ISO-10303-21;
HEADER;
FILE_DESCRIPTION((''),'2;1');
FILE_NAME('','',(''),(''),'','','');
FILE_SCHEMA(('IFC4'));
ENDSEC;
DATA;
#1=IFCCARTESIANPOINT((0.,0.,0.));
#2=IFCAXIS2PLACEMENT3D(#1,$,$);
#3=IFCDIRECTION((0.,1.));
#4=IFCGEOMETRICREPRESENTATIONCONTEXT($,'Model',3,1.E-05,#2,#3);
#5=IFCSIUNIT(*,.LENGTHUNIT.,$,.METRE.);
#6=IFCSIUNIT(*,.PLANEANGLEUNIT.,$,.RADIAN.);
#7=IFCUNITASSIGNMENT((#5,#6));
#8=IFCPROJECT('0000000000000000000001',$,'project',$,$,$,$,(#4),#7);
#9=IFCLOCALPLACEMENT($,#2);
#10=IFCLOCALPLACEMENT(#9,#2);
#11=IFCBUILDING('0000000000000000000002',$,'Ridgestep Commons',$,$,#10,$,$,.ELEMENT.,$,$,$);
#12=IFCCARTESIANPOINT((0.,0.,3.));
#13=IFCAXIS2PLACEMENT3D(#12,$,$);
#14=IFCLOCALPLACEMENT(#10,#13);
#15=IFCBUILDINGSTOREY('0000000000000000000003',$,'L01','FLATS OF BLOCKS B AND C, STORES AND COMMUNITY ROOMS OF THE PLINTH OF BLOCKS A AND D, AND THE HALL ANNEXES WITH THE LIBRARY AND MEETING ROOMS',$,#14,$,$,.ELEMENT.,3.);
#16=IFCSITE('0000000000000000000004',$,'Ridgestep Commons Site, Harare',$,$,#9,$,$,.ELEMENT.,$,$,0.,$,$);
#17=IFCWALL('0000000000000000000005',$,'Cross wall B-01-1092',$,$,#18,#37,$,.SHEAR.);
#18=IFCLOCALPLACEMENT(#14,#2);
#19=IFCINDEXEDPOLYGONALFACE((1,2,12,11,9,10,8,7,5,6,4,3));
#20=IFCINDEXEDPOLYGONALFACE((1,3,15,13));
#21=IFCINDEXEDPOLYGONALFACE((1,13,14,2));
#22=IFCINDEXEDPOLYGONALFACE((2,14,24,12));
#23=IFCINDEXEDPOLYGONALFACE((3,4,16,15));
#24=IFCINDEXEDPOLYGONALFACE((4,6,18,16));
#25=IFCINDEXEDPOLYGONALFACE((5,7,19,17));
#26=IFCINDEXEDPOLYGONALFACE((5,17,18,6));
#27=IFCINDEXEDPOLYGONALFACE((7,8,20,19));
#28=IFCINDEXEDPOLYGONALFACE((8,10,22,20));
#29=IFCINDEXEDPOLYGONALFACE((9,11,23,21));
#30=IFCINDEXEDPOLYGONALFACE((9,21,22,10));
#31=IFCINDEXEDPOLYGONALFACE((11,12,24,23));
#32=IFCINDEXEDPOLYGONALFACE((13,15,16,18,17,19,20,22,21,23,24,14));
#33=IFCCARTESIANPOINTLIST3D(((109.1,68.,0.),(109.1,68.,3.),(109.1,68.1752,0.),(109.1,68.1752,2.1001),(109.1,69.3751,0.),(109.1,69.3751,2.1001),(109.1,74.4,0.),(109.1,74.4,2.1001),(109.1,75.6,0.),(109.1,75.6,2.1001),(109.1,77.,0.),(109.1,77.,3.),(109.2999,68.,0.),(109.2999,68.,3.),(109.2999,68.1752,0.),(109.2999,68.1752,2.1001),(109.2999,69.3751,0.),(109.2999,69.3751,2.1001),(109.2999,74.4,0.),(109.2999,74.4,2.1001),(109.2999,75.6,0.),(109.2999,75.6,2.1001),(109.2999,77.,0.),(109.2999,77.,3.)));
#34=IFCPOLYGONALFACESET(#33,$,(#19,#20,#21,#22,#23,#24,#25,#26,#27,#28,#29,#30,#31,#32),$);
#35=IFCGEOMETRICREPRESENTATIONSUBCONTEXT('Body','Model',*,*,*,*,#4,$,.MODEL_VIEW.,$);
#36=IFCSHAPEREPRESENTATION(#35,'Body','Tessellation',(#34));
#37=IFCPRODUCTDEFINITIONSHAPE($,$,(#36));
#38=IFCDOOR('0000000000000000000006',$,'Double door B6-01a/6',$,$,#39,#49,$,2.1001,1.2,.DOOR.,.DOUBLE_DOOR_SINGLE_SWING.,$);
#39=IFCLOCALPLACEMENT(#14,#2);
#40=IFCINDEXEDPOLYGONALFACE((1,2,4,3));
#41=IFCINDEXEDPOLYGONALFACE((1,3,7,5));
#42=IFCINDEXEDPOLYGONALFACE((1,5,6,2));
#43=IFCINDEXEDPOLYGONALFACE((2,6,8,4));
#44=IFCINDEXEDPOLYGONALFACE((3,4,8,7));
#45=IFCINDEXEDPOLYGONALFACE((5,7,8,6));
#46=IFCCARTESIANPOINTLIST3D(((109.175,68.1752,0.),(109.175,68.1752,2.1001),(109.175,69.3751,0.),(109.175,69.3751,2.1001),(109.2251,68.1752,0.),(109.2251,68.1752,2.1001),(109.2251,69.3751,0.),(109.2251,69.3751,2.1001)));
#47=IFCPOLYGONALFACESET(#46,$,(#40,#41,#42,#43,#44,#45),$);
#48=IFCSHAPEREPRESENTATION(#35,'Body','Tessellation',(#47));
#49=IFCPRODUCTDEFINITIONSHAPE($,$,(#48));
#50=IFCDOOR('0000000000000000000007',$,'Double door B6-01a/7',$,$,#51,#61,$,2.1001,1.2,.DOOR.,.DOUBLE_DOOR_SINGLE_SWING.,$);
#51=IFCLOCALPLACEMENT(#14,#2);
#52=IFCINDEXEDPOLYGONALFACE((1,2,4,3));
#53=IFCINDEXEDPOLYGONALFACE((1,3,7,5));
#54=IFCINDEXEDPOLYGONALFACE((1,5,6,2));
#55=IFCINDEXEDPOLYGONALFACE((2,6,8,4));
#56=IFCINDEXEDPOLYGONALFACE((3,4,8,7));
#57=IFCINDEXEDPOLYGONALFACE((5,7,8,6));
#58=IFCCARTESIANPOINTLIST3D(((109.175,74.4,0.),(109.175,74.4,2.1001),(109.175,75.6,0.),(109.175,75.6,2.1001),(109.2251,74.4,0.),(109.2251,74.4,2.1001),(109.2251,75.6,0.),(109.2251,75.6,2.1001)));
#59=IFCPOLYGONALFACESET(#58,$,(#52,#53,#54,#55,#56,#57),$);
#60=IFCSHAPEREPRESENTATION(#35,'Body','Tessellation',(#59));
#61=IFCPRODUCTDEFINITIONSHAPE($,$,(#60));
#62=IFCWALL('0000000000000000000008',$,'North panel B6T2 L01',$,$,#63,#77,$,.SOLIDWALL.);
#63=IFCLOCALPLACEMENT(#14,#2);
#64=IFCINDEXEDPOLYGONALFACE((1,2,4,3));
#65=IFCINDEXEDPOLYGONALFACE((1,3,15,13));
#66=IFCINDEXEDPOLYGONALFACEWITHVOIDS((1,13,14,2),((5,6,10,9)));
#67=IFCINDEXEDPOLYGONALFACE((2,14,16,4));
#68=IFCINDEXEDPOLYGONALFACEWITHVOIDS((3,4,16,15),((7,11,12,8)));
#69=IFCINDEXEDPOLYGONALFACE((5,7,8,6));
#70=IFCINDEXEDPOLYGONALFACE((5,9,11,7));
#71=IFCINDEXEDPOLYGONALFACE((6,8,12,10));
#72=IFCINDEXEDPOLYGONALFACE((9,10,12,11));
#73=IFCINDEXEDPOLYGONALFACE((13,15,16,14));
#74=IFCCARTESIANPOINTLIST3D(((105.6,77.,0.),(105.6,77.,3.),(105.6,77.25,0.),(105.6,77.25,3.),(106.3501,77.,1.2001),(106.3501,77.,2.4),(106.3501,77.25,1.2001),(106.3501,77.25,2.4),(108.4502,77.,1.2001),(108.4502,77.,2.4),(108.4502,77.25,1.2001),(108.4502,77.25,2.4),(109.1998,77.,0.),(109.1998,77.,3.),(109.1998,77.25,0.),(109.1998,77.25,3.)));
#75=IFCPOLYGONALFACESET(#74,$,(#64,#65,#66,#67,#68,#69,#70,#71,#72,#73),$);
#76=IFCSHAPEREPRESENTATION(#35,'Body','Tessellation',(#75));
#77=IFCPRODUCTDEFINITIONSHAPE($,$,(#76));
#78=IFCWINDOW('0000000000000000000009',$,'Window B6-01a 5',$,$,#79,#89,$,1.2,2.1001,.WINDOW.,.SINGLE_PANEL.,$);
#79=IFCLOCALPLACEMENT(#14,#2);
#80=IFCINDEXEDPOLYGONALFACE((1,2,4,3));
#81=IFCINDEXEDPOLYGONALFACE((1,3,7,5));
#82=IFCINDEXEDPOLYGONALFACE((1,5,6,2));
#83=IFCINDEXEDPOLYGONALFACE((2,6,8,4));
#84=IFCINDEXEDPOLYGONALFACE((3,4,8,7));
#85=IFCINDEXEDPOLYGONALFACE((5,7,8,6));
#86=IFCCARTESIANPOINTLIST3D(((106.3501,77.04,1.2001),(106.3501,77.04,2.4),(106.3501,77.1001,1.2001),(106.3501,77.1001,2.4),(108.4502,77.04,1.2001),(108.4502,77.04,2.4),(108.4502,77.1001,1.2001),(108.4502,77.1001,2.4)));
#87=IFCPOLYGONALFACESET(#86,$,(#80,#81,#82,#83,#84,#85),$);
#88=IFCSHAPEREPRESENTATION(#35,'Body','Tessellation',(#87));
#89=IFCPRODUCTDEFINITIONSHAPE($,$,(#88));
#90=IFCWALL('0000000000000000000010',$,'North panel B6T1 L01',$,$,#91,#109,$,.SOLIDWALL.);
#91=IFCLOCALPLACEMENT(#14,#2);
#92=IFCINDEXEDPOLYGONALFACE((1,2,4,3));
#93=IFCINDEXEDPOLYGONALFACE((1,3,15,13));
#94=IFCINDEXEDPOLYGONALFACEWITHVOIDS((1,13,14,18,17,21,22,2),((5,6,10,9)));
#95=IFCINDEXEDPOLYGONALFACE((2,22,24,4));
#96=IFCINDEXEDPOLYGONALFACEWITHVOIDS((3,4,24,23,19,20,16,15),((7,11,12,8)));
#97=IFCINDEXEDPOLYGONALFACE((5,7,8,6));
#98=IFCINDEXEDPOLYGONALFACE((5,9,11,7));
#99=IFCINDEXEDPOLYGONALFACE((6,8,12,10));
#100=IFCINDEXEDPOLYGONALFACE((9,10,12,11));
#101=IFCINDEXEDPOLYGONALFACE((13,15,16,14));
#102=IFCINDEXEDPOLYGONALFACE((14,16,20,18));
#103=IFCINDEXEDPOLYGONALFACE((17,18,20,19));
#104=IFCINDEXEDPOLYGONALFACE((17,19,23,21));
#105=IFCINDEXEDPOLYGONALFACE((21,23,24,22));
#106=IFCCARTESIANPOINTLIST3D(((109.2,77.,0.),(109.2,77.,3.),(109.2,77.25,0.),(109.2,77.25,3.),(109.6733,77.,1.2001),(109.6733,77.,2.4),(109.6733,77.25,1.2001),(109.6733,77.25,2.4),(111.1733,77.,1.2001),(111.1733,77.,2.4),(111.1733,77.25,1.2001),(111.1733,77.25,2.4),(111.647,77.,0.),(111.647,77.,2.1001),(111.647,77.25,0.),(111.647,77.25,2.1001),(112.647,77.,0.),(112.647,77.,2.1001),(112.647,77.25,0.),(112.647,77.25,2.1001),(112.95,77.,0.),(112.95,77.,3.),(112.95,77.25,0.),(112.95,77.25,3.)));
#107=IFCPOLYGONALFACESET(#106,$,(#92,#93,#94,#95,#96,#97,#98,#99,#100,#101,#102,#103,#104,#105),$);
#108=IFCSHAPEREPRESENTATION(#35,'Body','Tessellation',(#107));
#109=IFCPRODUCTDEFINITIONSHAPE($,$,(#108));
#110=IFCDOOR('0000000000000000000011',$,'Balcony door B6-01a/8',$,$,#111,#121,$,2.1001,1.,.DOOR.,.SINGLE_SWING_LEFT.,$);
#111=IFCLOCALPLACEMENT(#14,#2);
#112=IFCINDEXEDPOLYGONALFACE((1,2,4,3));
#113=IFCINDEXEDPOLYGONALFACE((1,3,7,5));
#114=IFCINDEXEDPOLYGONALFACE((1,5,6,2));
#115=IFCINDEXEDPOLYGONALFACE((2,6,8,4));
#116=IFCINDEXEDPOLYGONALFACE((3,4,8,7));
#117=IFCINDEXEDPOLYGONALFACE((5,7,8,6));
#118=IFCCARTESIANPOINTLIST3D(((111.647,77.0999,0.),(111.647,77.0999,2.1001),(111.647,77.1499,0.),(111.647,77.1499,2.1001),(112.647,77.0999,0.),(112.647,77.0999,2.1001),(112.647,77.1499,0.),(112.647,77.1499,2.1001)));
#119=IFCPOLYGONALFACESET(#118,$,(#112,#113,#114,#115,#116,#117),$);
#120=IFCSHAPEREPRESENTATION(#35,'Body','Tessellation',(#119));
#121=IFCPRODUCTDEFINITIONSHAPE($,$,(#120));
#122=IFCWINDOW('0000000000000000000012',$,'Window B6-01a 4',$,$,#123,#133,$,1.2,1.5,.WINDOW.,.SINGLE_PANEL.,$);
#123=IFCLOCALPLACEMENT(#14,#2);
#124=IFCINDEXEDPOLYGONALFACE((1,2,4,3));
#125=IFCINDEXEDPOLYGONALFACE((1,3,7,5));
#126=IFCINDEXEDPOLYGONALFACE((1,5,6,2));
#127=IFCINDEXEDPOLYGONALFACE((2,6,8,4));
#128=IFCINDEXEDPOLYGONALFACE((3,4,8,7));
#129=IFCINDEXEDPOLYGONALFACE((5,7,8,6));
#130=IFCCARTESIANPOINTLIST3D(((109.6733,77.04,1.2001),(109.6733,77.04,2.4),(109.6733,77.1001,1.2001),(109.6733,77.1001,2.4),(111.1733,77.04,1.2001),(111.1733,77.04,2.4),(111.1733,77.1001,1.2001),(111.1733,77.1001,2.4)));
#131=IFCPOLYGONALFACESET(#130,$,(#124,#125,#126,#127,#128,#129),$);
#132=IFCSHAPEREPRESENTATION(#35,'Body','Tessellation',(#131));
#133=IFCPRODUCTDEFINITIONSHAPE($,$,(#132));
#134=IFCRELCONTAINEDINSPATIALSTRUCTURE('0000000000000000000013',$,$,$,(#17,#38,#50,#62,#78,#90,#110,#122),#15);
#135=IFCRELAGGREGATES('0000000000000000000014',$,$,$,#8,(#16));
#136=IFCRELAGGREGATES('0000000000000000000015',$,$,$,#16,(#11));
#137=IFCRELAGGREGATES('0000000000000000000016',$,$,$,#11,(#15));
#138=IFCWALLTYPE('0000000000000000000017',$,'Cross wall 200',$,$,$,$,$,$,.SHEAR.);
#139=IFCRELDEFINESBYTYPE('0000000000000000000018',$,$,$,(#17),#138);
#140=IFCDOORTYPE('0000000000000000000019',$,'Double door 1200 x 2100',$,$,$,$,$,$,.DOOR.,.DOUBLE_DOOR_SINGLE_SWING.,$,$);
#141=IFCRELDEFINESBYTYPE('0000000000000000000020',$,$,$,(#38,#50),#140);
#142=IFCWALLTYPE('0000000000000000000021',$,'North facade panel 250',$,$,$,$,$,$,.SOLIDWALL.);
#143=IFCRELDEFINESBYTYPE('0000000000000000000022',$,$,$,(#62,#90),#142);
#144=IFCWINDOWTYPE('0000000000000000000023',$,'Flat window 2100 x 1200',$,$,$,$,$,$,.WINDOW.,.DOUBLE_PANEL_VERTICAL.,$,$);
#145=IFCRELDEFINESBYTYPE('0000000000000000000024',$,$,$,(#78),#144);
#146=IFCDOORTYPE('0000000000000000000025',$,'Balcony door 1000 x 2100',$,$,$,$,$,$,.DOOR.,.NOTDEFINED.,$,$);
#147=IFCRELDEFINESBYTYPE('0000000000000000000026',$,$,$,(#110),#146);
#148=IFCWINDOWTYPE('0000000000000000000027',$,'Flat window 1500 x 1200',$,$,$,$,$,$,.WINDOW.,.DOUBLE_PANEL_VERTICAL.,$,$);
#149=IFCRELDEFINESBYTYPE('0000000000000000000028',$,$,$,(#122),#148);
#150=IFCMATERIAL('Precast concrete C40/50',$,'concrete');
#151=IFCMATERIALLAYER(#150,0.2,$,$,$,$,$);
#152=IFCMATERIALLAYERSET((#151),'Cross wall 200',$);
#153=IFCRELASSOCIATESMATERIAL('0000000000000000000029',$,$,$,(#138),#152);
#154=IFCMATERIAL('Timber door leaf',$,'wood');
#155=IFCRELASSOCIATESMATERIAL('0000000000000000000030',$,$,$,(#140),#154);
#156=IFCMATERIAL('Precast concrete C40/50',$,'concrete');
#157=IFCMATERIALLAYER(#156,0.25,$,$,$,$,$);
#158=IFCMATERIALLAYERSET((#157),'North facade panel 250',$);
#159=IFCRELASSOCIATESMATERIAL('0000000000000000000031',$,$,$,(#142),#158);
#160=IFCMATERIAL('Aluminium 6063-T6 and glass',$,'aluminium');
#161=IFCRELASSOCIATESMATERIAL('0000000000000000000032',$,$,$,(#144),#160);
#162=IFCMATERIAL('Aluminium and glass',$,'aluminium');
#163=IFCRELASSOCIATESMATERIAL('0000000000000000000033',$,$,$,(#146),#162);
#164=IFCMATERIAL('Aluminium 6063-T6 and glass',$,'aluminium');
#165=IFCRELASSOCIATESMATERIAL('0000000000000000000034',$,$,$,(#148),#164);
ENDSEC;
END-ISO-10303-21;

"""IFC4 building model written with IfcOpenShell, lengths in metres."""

from ifc_helpers import new_model, si_unit, direction, frame, frame_2d, origin, place, context, subcontext, project, spatial, rectangle, extrude, material, layer, layer_set, type_object, element, fill, save


model = new_model("IFC4")

# Units and contexts
model_context = context("Model", 3, precision=1e-05, world=origin(), true_north=direction((0.0, 1.0)))
body_context = subcontext(model_context, "Body", "Model", "MODEL_VIEW")
ifc_project = project(units=[si_unit("LENGTHUNIT", "METRE"), si_unit("PLANEANGLEUNIT", "RADIAN")], contexts=[model_context])

# Site, building, storey
site_placement = place(None, origin())
site = spatial("IfcSite", under=ifc_project, at=site_placement, Name="Ridgestep Commons Site, Harare", CompositionType="ELEMENT", RefElevation=0.0)
building_placement = place(site_placement, origin())
building = spatial("IfcBuilding", under=site, at=building_placement, Name="Ridgestep Commons", CompositionType="ELEMENT")
storey_placement = place(building_placement, frame((0.0, 0.0, 3.0)))
storey = spatial("IfcBuildingStorey", under=building, at=storey_placement, Name="L01", Description="FLATS OF BLOCKS B AND C, STORES AND COMMUNITY ROOMS OF THE PLINTH OF BLOCKS A AND D, AND THE HALL ANNEXES WITH THE LIBRARY AND MEETING ROOMS", CompositionType="ELEMENT", Elevation=3.0)

# Wall, openings, doors
ifc_material_1 = material(Name="Precast concrete C40/50", Category="concrete")
ifc_layer_1 = layer(ifc_material_1, 0.2)
ifc_layer_set_1 = layer_set([ifc_layer_1], Name="Cross wall 200")
wall_type_1 = type_object("IfcWallType", Name="Cross wall 200", PredefinedType="SHEAR", material=ifc_layer_set_1)
wall_1_placement = place(storey_placement, frame((109.2, 68.0, 0.0), z_axis=(0.0, 0.0, 1.0), x_axis=(0.0, 1.0, 0.0)))
wall_1 = element("IfcWall", 1, at=wall_1_placement, inside=storey, type_object=wall_type_1, Name="Cross wall B-01-1092", PredefinedType="SHEAR", context=body_context, shape_type="SweptSolid", body=[
    extrude(rectangle(XDim=9.0, YDim=0.2, at=frame_2d((4.5, 0.0))), origin(), (0.0, 0.0, 1.0), 3.0),
])
opening_1_placement = place(wall_1_placement, frame((0.175, 0.0, 0.0)))
opening_1 = element("IfcOpeningElement", 2, at=opening_1_placement, cuts=wall_1, PredefinedType="OPENING", context=body_context, shape_type="SweptSolid", body=[
    extrude(rectangle(XDim=1.2, YDim=2.1001, at=frame_2d((0.6001, 1.05))), frame((0.0, 0.1099, 0.0), z_axis=(0.0, -1.0, 0.0), x_axis=(1.0, 0.0, 0.0)), (0.0, 0.0, 1.0), 0.22),
])
opening_2_placement = place(wall_1_placement, frame((6.3999, 0.0, 0.0)))
opening_2 = element("IfcOpeningElement", 3, at=opening_2_placement, cuts=wall_1, PredefinedType="OPENING", context=body_context, shape_type="SweptSolid", body=[
    extrude(rectangle(XDim=1.2, YDim=2.1001, at=frame_2d((0.6001, 1.05))), frame((0.0, 0.1099, 0.0), z_axis=(0.0, -1.0, 0.0), x_axis=(1.0, 0.0, 0.0)), (0.0, 0.0, 1.0), 0.22),
])
ifc_material_2 = material(Name="Timber door leaf", Category="wood")
door_type_1 = type_object("IfcDoorType", Name="Double door 1200 x 2100", OperationType="DOUBLE_DOOR_SINGLE_SWING", PredefinedType="DOOR", material=ifc_material_2)
door_1_placement = place(opening_1_placement, origin())
door_1 = element("IfcDoor", 4, at=door_1_placement, inside=storey, type_object=door_type_1, Name="Double door B6-01a/6", OperationType="DOUBLE_DOOR_SINGLE_SWING", OverallHeight=2.1001, OverallWidth=1.2, PredefinedType="DOOR", context=body_context, shape_type="SweptSolid", body=[
    extrude(rectangle(XDim=1.2, YDim=2.1001, at=frame_2d((0.6001, 1.05))), frame((0.0, 0.0249, 0.0), z_axis=(0.0, -1.0, 0.0), x_axis=(1.0, 0.0, 0.0)), (0.0, 0.0, 1.0), 0.05),
])
fill(opening_1, door_1)
door_2_placement = place(opening_2_placement, origin())
door_2 = element("IfcDoor", 5, at=door_2_placement, inside=storey, type_object=door_type_1, Name="Double door B6-01a/7", OperationType="DOUBLE_DOOR_SINGLE_SWING", OverallHeight=2.1001, OverallWidth=1.2, PredefinedType="DOOR", context=body_context, shape_type="SweptSolid", body=[
    extrude(rectangle(XDim=1.2, YDim=2.1001, at=frame_2d((0.6001, 1.05))), frame((0.0, 0.0249, 0.0), z_axis=(0.0, -1.0, 0.0), x_axis=(1.0, 0.0, 0.0)), (0.0, 0.0, 1.0), 0.05),
])
fill(opening_2, door_2)

# Wall, opening, window
ifc_material_3 = material(Name="Precast concrete C40/50", Category="concrete")
ifc_layer_2 = layer(ifc_material_3, 0.25)
ifc_layer_set_2 = layer_set([ifc_layer_2], Name="North facade panel 250")
wall_type_2 = type_object("IfcWallType", Name="North facade panel 250", PredefinedType="SOLIDWALL", material=ifc_layer_set_2)
wall_2_placement = place(storey_placement, frame((105.6001, 77.125, 0.0), z_axis=(0.0, 0.0, 1.0), x_axis=(1.0, 0.0, 0.0)))
wall_2 = element("IfcWall", 6, at=wall_2_placement, inside=storey, type_object=wall_type_2, Name="North panel B6T2 L01", PredefinedType="SOLIDWALL", context=body_context, shape_type="SweptSolid", body=[
    extrude(rectangle(XDim=3.5999, YDim=0.25, at=frame_2d((1.7998, 0.0))), origin(), (0.0, 0.0, 1.0), 3.0),
])
opening_3_placement = place(wall_2_placement, frame((0.75, 0.0, 1.2)))
opening_3 = element("IfcOpeningElement", 7, at=opening_3_placement, cuts=wall_2, PredefinedType="OPENING", context=body_context, shape_type="SweptSolid", body=[
    extrude(rectangle(XDim=2.1001, YDim=1.2, at=frame_2d((1.05, 0.6001))), frame((0.0, 0.135, 0.0), z_axis=(0.0, -1.0, 0.0), x_axis=(1.0, 0.0, 0.0)), (0.0, 0.0, 1.0), 0.27),
])
ifc_material_4 = material(Name="Aluminium 6063-T6 and glass", Category="aluminium")
window_type_1 = type_object("IfcWindowType", Name="Flat window 2100 x 1200", PartitioningType="DOUBLE_PANEL_VERTICAL", PredefinedType="WINDOW", material=ifc_material_4)
window_1_placement = place(opening_3_placement, origin())
window_1 = element("IfcWindow", 8, at=window_1_placement, inside=storey, type_object=window_type_1, Name="Window B6-01a 5", OverallHeight=1.2, OverallWidth=2.1001, PartitioningType="SINGLE_PANEL", PredefinedType="WINDOW", context=body_context, shape_type="SweptSolid", body=[
    extrude(rectangle(XDim=2.1001, YDim=1.2, at=frame_2d((1.05, 0.6001))), frame((0.0, -0.0249, 0.0), z_axis=(0.0, -1.0, 0.0), x_axis=(1.0, 0.0, 0.0)), (0.0, 0.0, 1.0), 0.0601),
])
fill(opening_3, window_1)

# Wall, openings, door, window
wall_3_placement = place(storey_placement, frame((109.2, 77.125, 0.0), z_axis=(0.0, 0.0, 1.0), x_axis=(1.0, 0.0, 0.0)))
wall_3 = element("IfcWall", 9, at=wall_3_placement, inside=storey, type_object=wall_type_2, Name="North panel B6T1 L01", PredefinedType="SOLIDWALL", context=body_context, shape_type="SweptSolid", body=[
    extrude(rectangle(XDim=3.75, YDim=0.25, at=frame_2d((1.875, 0.0))), origin(), (0.0, 0.0, 1.0), 3.0),
])
opening_4_placement = place(wall_3_placement, frame((0.4734, 0.0, 1.2)))
opening_4 = element("IfcOpeningElement", 10, at=opening_4_placement, cuts=wall_3, PredefinedType="OPENING", context=body_context, shape_type="SweptSolid", body=[
    extrude(rectangle(XDim=1.5, YDim=1.2, at=frame_2d((0.75, 0.6001))), frame((0.0, 0.135, 0.0), z_axis=(0.0, -1.0, 0.0), x_axis=(1.0, 0.0, 0.0)), (0.0, 0.0, 1.0), 0.27),
])
opening_5_placement = place(wall_3_placement, frame((2.447, 0.0, 0.0)))
opening_5 = element("IfcOpeningElement", 11, at=opening_5_placement, cuts=wall_3, PredefinedType="OPENING", context=body_context, shape_type="SweptSolid", body=[
    extrude(rectangle(XDim=1.0, YDim=2.1001, at=frame_2d((0.5, 1.05))), frame((0.0, 0.135, 0.0), z_axis=(0.0, -1.0, 0.0), x_axis=(1.0, 0.0, 0.0)), (0.0, 0.0, 1.0), 0.27),
])
ifc_material_5 = material(Name="Aluminium and glass", Category="aluminium")
door_type_2 = type_object("IfcDoorType", Name="Balcony door 1000 x 2100", OperationType="NOTDEFINED", PredefinedType="DOOR", material=ifc_material_5)
door_3_placement = place(opening_5_placement, origin())
door_3 = element("IfcDoor", 12, at=door_3_placement, inside=storey, type_object=door_type_2, Name="Balcony door B6-01a/8", OperationType="SINGLE_SWING_LEFT", OverallHeight=2.1001, OverallWidth=1.0, PredefinedType="DOOR", context=body_context, shape_type="SweptSolid", body=[
    extrude(rectangle(XDim=1.0, YDim=2.1001, at=frame_2d((0.5, 1.05))), frame((0.0, 0.0249, 0.0), z_axis=(0.0, -1.0, 0.0), x_axis=(1.0, 0.0, 0.0)), (0.0, 0.0, 1.0), 0.05),
])
fill(opening_5, door_3)
ifc_material_6 = material(Name="Aluminium 6063-T6 and glass", Category="aluminium")
window_type_2 = type_object("IfcWindowType", Name="Flat window 1500 x 1200", PartitioningType="DOUBLE_PANEL_VERTICAL", PredefinedType="WINDOW", material=ifc_material_6)
window_2_placement = place(opening_4_placement, origin())
window_2 = element("IfcWindow", 13, at=window_2_placement, inside=storey, type_object=window_type_2, Name="Window B6-01a 4", OverallHeight=1.2, OverallWidth=1.5, PartitioningType="SINGLE_PANEL", PredefinedType="WINDOW", context=body_context, shape_type="SweptSolid", body=[
    extrude(rectangle(XDim=1.5, YDim=1.2, at=frame_2d((0.75, 0.6001))), frame((0.0, -0.0249, 0.0), z_axis=(0.0, -1.0, 0.0), x_axis=(1.0, 0.0, 0.0)), (0.0, 0.0, 1.0), 0.0601),
])
fill(opening_4, window_2)

save(model, "model.ifc")
